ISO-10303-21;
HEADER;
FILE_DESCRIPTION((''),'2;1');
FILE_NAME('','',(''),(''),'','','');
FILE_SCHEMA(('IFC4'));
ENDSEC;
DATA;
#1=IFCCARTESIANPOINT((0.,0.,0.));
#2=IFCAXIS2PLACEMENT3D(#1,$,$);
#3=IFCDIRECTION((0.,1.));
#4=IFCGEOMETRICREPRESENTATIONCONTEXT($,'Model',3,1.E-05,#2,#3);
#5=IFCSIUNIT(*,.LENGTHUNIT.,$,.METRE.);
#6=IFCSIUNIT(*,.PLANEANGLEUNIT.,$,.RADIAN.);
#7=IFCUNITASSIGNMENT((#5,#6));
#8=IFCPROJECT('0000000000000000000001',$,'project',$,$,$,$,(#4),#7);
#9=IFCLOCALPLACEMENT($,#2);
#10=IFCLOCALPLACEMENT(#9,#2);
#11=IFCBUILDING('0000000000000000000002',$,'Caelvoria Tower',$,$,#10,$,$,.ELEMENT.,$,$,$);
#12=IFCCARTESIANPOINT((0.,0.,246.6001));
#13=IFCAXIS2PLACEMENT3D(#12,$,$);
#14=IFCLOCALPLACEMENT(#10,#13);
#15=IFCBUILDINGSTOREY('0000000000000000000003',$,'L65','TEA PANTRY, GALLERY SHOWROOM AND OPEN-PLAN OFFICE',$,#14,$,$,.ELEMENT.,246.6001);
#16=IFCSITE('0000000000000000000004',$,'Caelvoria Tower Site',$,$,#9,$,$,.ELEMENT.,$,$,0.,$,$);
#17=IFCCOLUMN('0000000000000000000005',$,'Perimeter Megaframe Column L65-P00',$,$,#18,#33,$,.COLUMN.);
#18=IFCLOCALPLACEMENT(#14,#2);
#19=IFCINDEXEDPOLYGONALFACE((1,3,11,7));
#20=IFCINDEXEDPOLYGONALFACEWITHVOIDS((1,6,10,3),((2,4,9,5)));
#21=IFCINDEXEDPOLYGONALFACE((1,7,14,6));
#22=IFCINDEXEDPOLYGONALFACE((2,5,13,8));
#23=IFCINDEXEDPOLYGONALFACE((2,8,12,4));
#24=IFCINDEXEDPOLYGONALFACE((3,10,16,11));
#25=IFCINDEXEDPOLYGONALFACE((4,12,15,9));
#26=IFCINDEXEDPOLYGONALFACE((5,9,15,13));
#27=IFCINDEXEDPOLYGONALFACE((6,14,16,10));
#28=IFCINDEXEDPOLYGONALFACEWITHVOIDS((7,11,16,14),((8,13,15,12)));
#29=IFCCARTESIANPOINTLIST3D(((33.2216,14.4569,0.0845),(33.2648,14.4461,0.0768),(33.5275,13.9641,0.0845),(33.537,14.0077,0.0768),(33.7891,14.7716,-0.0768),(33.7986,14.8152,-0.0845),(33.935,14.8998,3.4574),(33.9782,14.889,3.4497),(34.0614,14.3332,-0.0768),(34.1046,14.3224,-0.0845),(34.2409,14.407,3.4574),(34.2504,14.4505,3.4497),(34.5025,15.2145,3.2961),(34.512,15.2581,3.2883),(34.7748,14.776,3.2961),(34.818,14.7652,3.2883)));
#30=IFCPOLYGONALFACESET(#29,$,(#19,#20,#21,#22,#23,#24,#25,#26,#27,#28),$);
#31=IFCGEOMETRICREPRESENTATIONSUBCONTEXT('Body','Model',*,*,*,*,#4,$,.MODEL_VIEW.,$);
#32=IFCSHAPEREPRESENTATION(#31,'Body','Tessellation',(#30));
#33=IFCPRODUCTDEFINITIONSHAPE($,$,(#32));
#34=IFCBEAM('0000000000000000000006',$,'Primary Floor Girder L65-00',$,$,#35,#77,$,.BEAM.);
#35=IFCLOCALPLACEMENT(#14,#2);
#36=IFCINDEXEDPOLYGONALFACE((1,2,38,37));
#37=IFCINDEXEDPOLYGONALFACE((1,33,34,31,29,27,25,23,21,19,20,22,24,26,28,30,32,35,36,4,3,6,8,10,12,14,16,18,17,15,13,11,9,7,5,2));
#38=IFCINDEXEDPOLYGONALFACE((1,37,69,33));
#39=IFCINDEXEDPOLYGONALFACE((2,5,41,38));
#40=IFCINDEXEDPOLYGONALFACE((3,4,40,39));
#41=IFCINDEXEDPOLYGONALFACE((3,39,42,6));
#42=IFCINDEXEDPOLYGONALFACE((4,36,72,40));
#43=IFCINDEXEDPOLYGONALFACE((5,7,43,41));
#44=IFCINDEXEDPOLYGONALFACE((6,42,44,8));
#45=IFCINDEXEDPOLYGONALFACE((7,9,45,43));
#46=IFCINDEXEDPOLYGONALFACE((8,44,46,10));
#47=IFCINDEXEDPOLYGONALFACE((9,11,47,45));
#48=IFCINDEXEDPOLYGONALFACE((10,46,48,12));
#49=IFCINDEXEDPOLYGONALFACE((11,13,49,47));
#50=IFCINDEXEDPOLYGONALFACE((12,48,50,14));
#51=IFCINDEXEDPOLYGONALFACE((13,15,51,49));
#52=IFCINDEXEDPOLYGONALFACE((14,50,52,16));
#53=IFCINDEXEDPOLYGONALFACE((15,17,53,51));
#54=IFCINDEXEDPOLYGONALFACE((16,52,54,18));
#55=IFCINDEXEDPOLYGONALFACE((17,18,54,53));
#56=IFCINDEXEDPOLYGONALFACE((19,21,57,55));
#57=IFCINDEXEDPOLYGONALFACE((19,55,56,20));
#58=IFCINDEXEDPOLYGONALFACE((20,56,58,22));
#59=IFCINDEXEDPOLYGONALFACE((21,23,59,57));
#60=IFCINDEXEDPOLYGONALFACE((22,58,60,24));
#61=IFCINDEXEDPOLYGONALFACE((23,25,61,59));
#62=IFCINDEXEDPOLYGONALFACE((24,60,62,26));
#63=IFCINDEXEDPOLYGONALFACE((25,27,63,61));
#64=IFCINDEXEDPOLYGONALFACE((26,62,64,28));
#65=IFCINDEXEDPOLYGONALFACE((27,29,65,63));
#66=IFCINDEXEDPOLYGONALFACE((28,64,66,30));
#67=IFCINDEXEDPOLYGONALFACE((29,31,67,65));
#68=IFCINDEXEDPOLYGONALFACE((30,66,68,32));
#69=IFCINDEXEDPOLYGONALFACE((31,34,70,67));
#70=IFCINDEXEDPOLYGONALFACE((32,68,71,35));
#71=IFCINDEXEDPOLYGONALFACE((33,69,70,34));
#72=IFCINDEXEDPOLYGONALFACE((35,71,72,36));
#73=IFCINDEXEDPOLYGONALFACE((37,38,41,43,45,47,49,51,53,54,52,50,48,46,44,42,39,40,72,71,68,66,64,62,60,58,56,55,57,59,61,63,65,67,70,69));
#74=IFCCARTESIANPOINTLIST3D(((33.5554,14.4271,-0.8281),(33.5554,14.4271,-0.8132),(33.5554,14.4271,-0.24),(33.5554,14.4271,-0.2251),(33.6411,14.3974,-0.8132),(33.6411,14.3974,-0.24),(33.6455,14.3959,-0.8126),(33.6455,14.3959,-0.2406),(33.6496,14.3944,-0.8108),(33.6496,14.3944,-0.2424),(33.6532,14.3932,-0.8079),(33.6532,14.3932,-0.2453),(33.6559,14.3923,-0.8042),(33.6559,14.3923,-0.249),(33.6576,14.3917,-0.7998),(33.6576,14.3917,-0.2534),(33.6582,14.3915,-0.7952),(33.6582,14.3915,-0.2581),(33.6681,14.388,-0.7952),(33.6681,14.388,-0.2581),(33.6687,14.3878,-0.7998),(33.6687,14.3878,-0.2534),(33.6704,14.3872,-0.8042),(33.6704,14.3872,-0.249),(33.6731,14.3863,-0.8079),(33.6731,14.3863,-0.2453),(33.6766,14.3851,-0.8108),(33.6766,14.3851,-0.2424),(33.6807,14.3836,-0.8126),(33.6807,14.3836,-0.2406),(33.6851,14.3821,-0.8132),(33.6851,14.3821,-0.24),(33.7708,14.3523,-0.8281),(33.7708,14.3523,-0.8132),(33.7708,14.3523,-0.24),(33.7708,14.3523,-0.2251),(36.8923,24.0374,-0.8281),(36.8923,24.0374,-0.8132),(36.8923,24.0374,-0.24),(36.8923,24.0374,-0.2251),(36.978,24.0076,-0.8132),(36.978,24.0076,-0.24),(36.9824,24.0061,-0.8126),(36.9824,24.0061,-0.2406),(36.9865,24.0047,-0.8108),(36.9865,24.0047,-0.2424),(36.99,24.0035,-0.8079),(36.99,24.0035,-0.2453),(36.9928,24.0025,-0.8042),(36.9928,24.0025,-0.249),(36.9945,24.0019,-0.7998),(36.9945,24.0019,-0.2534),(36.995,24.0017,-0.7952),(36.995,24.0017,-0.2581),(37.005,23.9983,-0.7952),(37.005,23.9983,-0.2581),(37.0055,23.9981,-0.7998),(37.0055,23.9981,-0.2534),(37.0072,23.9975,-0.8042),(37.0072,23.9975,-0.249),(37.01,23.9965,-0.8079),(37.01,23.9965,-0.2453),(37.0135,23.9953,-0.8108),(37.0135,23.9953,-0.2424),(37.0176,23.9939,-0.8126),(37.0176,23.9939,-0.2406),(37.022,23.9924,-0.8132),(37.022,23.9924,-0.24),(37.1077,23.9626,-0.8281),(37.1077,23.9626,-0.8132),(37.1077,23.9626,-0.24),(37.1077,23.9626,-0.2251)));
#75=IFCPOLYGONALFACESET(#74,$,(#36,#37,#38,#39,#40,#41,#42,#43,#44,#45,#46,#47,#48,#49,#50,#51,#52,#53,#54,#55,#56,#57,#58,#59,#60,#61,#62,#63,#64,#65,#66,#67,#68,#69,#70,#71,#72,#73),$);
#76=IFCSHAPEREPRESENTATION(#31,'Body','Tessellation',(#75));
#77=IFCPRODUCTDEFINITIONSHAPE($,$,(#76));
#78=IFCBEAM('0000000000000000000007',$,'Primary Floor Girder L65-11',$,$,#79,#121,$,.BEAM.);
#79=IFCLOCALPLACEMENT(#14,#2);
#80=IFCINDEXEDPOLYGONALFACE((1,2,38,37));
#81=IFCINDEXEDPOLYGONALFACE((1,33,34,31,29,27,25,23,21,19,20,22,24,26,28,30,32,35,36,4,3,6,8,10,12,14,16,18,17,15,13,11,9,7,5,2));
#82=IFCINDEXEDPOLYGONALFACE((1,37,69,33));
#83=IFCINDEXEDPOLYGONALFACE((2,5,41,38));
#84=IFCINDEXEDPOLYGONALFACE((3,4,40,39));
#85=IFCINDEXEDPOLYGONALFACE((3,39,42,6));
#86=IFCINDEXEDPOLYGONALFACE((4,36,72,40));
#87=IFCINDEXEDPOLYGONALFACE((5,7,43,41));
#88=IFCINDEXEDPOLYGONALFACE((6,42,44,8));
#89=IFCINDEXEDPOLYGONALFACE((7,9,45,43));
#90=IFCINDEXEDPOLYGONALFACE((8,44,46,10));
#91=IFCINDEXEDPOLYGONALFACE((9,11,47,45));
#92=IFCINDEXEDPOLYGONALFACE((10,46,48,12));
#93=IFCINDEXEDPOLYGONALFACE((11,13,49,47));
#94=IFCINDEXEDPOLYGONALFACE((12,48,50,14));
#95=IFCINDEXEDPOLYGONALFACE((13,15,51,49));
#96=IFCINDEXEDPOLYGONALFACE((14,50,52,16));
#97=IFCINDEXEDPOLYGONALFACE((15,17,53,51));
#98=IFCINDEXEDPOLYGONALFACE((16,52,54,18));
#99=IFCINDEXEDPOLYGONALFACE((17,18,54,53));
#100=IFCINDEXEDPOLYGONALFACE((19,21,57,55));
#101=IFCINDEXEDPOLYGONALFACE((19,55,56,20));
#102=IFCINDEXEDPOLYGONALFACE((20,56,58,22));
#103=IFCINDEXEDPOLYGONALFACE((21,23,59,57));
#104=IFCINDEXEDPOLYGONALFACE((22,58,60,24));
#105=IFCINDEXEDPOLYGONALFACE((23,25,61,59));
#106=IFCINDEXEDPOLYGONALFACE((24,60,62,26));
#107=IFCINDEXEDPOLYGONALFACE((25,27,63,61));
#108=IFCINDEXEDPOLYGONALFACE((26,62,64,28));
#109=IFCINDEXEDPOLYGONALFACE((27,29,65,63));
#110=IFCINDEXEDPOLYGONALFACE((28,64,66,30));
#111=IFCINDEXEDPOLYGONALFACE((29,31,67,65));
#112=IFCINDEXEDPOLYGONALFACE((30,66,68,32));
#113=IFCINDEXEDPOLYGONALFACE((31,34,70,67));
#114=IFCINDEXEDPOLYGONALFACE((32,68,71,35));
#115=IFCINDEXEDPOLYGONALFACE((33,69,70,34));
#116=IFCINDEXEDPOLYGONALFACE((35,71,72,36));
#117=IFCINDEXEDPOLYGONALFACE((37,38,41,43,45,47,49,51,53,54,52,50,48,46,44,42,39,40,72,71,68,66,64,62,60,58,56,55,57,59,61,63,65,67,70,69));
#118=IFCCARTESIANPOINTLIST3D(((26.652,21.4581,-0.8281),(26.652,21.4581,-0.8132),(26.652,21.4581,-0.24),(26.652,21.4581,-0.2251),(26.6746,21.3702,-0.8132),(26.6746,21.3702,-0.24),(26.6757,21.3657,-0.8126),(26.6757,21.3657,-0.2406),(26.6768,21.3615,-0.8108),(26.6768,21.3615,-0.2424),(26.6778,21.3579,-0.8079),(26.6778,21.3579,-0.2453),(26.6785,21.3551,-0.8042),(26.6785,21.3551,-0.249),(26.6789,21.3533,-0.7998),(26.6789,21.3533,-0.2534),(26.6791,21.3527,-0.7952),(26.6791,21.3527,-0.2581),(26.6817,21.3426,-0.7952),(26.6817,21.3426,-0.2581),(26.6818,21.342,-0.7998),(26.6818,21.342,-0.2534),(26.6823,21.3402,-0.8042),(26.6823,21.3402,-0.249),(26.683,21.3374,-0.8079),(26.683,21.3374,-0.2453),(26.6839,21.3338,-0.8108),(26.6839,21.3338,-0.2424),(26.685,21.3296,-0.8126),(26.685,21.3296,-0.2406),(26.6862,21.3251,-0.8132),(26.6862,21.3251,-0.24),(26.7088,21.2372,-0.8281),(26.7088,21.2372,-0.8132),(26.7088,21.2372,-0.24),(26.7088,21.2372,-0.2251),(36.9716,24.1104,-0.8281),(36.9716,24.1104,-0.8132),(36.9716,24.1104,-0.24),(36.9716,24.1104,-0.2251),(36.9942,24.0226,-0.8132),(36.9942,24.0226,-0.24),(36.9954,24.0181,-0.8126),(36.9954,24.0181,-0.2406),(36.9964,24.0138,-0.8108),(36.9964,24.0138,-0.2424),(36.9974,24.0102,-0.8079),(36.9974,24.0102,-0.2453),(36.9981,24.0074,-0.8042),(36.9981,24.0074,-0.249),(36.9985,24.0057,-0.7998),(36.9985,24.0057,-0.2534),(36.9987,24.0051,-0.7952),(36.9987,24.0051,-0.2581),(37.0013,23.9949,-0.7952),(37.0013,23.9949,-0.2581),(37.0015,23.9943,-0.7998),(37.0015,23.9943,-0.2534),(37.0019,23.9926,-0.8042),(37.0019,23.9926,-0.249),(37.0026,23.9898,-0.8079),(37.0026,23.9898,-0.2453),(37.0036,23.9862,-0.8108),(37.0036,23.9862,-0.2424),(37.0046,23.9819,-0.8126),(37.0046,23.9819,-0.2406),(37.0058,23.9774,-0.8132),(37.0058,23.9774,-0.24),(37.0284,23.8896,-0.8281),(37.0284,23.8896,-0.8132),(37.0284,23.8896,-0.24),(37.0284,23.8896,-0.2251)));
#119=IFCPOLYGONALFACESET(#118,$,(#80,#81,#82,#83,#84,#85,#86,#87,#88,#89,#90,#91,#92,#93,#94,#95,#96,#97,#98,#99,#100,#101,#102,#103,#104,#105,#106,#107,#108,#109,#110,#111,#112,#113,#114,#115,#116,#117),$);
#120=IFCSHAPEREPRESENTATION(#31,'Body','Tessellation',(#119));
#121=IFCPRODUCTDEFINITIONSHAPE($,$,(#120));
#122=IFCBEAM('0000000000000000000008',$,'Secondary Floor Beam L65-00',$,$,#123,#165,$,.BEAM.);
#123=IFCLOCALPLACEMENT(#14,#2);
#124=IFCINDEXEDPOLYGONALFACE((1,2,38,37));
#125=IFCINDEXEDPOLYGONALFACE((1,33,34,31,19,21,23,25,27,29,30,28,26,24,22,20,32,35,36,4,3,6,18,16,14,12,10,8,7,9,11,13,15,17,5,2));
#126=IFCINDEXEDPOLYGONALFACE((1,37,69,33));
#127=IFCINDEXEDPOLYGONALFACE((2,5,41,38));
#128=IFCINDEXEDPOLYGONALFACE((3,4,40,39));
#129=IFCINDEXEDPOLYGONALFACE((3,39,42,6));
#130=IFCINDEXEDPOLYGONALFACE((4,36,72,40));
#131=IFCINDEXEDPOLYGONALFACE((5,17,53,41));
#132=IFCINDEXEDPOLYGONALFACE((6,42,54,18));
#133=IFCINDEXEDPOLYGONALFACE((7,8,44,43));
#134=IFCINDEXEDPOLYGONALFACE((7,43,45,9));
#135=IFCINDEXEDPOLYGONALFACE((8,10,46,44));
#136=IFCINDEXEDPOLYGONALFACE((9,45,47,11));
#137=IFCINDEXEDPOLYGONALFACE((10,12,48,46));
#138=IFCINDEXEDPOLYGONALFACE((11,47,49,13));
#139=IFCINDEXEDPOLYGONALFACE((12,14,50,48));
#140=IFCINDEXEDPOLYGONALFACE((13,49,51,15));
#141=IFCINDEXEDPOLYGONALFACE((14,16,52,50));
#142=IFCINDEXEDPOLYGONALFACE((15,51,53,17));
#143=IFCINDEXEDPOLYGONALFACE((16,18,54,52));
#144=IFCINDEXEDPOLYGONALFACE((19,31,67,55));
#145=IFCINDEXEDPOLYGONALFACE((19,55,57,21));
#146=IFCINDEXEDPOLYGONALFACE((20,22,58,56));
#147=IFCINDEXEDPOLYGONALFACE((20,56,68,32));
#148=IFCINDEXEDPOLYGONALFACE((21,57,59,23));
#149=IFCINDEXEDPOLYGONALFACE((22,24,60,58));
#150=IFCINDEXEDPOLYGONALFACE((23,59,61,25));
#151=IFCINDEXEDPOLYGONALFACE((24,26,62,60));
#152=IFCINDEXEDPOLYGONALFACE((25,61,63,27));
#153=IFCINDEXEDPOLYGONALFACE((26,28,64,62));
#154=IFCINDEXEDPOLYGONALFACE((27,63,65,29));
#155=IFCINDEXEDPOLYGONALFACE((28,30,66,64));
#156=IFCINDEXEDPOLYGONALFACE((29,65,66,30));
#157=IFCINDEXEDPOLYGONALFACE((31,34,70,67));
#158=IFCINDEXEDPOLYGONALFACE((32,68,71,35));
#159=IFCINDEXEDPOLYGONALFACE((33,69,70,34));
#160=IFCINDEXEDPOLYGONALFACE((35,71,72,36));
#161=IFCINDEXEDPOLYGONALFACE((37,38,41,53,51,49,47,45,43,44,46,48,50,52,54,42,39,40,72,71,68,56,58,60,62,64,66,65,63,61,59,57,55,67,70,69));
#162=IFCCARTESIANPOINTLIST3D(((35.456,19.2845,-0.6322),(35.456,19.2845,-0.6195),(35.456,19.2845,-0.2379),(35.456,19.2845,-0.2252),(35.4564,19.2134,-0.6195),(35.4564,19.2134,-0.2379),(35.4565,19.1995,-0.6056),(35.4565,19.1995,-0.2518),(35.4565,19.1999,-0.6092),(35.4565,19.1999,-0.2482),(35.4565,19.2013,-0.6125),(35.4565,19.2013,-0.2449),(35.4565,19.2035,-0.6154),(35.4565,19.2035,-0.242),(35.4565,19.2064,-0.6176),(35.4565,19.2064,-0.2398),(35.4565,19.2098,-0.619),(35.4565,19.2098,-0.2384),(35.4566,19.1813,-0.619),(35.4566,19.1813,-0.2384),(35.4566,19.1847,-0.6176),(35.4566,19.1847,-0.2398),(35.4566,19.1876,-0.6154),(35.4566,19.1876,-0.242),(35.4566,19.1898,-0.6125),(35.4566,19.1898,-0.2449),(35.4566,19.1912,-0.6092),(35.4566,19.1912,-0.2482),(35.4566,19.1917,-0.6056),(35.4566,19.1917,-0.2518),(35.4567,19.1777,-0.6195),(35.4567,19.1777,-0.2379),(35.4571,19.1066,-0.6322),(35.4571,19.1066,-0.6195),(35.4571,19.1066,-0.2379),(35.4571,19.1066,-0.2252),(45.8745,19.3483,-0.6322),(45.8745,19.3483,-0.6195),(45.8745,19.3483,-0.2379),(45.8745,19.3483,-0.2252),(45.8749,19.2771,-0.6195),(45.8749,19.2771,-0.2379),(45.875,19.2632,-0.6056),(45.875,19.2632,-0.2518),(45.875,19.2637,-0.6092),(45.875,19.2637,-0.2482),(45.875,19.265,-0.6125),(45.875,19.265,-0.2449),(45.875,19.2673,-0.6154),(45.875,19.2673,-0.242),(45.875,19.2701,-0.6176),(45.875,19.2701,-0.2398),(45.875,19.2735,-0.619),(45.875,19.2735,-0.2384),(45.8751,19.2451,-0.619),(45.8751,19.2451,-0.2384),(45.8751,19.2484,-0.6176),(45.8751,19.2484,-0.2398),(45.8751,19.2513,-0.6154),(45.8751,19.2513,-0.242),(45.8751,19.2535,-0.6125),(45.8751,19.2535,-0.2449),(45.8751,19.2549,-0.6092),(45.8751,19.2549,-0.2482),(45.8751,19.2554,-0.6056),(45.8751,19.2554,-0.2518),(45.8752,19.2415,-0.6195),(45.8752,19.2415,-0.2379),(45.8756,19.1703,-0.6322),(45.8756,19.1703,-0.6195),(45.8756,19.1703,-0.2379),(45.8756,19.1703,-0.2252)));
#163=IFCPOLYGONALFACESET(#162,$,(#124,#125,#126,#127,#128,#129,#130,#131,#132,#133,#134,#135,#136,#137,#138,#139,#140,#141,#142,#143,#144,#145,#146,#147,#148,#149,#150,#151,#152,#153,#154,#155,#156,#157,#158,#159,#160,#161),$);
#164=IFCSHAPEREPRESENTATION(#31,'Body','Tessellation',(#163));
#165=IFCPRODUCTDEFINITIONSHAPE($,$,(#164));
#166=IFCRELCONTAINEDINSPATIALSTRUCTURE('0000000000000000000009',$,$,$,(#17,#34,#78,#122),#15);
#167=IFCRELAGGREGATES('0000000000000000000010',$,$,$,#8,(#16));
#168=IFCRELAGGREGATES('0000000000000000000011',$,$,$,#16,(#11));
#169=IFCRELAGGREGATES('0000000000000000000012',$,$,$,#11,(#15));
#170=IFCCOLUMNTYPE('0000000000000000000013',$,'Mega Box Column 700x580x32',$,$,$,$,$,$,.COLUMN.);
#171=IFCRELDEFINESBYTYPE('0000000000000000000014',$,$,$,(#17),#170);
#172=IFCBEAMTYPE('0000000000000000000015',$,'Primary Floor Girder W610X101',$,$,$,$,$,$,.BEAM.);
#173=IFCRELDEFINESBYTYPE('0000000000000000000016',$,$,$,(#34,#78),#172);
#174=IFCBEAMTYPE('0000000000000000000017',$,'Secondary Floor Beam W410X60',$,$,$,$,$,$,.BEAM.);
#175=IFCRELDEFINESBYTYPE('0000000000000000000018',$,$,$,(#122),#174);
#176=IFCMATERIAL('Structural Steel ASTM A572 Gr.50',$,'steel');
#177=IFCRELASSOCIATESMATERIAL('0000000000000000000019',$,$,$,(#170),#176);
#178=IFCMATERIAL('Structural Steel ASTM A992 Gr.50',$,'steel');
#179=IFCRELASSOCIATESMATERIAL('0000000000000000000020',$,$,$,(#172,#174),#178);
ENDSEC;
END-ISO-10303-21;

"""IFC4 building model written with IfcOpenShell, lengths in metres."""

from ifc_helpers import new_model, si_unit, direction, frame, origin, origin_2d, place, context, subcontext, project, spatial, hollow_rectangle, i_section, extrude, material, material_profile, profile_set, type_object, element, save


model = new_model("IFC4")

# Units and contexts
model_context = context("Model", 3, precision=1e-05, world=origin(), true_north=direction((0.0, 1.0)))
body_context = subcontext(model_context, "Body", "Model", "MODEL_VIEW")
ifc_project = project(units=[si_unit("LENGTHUNIT", "METRE"), si_unit("PLANEANGLEUNIT", "RADIAN")], contexts=[model_context])

# Site, building, storey
site_placement = place(None, origin())
site = spatial("IfcSite", under=ifc_project, at=site_placement, Name="Caelvoria Tower Site", CompositionType="ELEMENT", RefElevation=0.0)
building_placement = place(site_placement, origin())
building = spatial("IfcBuilding", under=site, at=building_placement, Name="Caelvoria Tower", CompositionType="ELEMENT")
storey_placement = place(building_placement, frame((0.0, 0.0, 246.6001)))
storey = spatial("IfcBuildingStorey", under=building, at=storey_placement, Name="L65", Description="TEA PANTRY, GALLERY SHOWROOM AND OPEN-PLAN OFFICE", CompositionType="ELEMENT", Elevation=246.6001)

# Column
ifc_material_1 = material(Name="Structural Steel ASTM A572 Gr.50", Category="steel")
ifc_material_profile_1 = material_profile(ifc_material_1, hollow_rectangle(XDim=0.5801, YDim=0.7, WallThickness=0.032, at=origin_2d()), Name="Structural Steel ASTM A572 Gr.50")
ifc_profile_set_1 = profile_set([ifc_material_profile_1], Name="BOX700X580X32 - Structural Steel ASTM A572 Gr.50")
column_type = type_object("IfcColumnType", Name="Mega Box Column 700x580x32", PredefinedType="COLUMN", material=ifc_profile_set_1)
column_placement = place(storey_placement, frame((33.6631, 14.3896, 0.0), z_axis=(0.205245, 0.127417, 0.970381), x_axis=(-0.527435, 0.849595, 0.0)))
element("IfcColumn", 1, at=column_placement, inside=storey, type_object=column_type, Name="Perimeter Megaframe Column L65-P00", PredefinedType="COLUMN", context=body_context, shape_type="SweptSolid", body=[
    extrude(hollow_rectangle(XDim=0.5801, YDim=0.7, WallThickness=0.032, at=origin_2d()), origin(), (0.0, 0.0, 1.0), 3.4758),
])

# Beams
ifc_material_2 = material(Name="Structural Steel ASTM A992 Gr.50", Category="steel")
ifc_material_profile_2 = material_profile(ifc_material_2, i_section(OverallWidth=0.228, OverallDepth=0.603, WebThickness=0.0105, FlangeThickness=0.0149, FilletRadius=0.0181, at=origin_2d()), Name="Structural Steel ASTM A992 Gr.50")
ifc_profile_set_2 = profile_set([ifc_material_profile_2], Name="W610X101 - Structural Steel ASTM A992 Gr.50")
beam_type_1 = type_object("IfcBeamType", Name="Primary Floor Girder W610X101", PredefinedType="BEAM", material=ifc_profile_set_2)
beam_1_placement = place(storey_placement, frame((37.0, 24.0, -0.5266), z_axis=(-0.32801, -0.944674, 0.0), x_axis=(0.944674, -0.32801, 0.0)))
element("IfcBeam", 2, at=beam_1_placement, inside=storey, type_object=beam_type_1, Name="Primary Floor Girder L65-00", PredefinedType="BEAM", context=body_context, shape_type="SweptSolid", body=[
    extrude(i_section(OverallWidth=0.228, OverallDepth=0.603, WebThickness=0.0105, FlangeThickness=0.0149, FilletRadius=0.0181, at=origin_2d()), origin(), (0.0, 0.0, 1.0), 10.1731),
])
beam_2_placement = place(storey_placement, frame((37.0, 24.0, -0.5266), z_axis=(-0.968522, -0.24893, 0.0), x_axis=(0.24893, -0.968522, 0.0)))
element("IfcBeam", 3, at=beam_2_placement, inside=storey, type_object=beam_type_1, Name="Primary Floor Girder L65-11", PredefinedType="BEAM", context=body_context, shape_type="SweptSolid", body=[
    extrude(i_section(OverallWidth=0.228, OverallDepth=0.603, WebThickness=0.0105, FlangeThickness=0.0149, FilletRadius=0.0181, at=origin_2d()), origin(), (0.0, 0.0, 1.0), 10.655),
])
ifc_material_profile_3 = material_profile(ifc_material_2, i_section(OverallWidth=0.178, OverallDepth=0.407, WebThickness=0.0078, FlangeThickness=0.0127, FilletRadius=0.0139, at=origin_2d()), Name="Structural Steel ASTM A992 Gr.50")
ifc_profile_set_3 = profile_set([ifc_material_profile_3], Name="W410X60 - Structural Steel ASTM A992 Gr.50")
beam_type_2 = type_object("IfcBeamType", Name="Secondary Floor Beam W410X60", PredefinedType="BEAM", material=ifc_profile_set_3)
beam_3_placement = place(storey_placement, frame((35.4565, 19.1956, -0.4287), z_axis=(0.999981, 0.006116, 0.0), x_axis=(-0.006116, 0.999981, 0.0)))
element("IfcBeam", 4, at=beam_3_placement, inside=storey, type_object=beam_type_2, Name="Secondary Floor Beam L65-00", PredefinedType="BEAM", context=body_context, shape_type="SweptSolid", body=[
    extrude(i_section(OverallWidth=0.178, OverallDepth=0.407, WebThickness=0.0078, FlangeThickness=0.0127, FilletRadius=0.0139, at=origin_2d()), origin(), (0.0, 0.0, 1.0), 10.4187),
])

save(model, "model.ifc")
